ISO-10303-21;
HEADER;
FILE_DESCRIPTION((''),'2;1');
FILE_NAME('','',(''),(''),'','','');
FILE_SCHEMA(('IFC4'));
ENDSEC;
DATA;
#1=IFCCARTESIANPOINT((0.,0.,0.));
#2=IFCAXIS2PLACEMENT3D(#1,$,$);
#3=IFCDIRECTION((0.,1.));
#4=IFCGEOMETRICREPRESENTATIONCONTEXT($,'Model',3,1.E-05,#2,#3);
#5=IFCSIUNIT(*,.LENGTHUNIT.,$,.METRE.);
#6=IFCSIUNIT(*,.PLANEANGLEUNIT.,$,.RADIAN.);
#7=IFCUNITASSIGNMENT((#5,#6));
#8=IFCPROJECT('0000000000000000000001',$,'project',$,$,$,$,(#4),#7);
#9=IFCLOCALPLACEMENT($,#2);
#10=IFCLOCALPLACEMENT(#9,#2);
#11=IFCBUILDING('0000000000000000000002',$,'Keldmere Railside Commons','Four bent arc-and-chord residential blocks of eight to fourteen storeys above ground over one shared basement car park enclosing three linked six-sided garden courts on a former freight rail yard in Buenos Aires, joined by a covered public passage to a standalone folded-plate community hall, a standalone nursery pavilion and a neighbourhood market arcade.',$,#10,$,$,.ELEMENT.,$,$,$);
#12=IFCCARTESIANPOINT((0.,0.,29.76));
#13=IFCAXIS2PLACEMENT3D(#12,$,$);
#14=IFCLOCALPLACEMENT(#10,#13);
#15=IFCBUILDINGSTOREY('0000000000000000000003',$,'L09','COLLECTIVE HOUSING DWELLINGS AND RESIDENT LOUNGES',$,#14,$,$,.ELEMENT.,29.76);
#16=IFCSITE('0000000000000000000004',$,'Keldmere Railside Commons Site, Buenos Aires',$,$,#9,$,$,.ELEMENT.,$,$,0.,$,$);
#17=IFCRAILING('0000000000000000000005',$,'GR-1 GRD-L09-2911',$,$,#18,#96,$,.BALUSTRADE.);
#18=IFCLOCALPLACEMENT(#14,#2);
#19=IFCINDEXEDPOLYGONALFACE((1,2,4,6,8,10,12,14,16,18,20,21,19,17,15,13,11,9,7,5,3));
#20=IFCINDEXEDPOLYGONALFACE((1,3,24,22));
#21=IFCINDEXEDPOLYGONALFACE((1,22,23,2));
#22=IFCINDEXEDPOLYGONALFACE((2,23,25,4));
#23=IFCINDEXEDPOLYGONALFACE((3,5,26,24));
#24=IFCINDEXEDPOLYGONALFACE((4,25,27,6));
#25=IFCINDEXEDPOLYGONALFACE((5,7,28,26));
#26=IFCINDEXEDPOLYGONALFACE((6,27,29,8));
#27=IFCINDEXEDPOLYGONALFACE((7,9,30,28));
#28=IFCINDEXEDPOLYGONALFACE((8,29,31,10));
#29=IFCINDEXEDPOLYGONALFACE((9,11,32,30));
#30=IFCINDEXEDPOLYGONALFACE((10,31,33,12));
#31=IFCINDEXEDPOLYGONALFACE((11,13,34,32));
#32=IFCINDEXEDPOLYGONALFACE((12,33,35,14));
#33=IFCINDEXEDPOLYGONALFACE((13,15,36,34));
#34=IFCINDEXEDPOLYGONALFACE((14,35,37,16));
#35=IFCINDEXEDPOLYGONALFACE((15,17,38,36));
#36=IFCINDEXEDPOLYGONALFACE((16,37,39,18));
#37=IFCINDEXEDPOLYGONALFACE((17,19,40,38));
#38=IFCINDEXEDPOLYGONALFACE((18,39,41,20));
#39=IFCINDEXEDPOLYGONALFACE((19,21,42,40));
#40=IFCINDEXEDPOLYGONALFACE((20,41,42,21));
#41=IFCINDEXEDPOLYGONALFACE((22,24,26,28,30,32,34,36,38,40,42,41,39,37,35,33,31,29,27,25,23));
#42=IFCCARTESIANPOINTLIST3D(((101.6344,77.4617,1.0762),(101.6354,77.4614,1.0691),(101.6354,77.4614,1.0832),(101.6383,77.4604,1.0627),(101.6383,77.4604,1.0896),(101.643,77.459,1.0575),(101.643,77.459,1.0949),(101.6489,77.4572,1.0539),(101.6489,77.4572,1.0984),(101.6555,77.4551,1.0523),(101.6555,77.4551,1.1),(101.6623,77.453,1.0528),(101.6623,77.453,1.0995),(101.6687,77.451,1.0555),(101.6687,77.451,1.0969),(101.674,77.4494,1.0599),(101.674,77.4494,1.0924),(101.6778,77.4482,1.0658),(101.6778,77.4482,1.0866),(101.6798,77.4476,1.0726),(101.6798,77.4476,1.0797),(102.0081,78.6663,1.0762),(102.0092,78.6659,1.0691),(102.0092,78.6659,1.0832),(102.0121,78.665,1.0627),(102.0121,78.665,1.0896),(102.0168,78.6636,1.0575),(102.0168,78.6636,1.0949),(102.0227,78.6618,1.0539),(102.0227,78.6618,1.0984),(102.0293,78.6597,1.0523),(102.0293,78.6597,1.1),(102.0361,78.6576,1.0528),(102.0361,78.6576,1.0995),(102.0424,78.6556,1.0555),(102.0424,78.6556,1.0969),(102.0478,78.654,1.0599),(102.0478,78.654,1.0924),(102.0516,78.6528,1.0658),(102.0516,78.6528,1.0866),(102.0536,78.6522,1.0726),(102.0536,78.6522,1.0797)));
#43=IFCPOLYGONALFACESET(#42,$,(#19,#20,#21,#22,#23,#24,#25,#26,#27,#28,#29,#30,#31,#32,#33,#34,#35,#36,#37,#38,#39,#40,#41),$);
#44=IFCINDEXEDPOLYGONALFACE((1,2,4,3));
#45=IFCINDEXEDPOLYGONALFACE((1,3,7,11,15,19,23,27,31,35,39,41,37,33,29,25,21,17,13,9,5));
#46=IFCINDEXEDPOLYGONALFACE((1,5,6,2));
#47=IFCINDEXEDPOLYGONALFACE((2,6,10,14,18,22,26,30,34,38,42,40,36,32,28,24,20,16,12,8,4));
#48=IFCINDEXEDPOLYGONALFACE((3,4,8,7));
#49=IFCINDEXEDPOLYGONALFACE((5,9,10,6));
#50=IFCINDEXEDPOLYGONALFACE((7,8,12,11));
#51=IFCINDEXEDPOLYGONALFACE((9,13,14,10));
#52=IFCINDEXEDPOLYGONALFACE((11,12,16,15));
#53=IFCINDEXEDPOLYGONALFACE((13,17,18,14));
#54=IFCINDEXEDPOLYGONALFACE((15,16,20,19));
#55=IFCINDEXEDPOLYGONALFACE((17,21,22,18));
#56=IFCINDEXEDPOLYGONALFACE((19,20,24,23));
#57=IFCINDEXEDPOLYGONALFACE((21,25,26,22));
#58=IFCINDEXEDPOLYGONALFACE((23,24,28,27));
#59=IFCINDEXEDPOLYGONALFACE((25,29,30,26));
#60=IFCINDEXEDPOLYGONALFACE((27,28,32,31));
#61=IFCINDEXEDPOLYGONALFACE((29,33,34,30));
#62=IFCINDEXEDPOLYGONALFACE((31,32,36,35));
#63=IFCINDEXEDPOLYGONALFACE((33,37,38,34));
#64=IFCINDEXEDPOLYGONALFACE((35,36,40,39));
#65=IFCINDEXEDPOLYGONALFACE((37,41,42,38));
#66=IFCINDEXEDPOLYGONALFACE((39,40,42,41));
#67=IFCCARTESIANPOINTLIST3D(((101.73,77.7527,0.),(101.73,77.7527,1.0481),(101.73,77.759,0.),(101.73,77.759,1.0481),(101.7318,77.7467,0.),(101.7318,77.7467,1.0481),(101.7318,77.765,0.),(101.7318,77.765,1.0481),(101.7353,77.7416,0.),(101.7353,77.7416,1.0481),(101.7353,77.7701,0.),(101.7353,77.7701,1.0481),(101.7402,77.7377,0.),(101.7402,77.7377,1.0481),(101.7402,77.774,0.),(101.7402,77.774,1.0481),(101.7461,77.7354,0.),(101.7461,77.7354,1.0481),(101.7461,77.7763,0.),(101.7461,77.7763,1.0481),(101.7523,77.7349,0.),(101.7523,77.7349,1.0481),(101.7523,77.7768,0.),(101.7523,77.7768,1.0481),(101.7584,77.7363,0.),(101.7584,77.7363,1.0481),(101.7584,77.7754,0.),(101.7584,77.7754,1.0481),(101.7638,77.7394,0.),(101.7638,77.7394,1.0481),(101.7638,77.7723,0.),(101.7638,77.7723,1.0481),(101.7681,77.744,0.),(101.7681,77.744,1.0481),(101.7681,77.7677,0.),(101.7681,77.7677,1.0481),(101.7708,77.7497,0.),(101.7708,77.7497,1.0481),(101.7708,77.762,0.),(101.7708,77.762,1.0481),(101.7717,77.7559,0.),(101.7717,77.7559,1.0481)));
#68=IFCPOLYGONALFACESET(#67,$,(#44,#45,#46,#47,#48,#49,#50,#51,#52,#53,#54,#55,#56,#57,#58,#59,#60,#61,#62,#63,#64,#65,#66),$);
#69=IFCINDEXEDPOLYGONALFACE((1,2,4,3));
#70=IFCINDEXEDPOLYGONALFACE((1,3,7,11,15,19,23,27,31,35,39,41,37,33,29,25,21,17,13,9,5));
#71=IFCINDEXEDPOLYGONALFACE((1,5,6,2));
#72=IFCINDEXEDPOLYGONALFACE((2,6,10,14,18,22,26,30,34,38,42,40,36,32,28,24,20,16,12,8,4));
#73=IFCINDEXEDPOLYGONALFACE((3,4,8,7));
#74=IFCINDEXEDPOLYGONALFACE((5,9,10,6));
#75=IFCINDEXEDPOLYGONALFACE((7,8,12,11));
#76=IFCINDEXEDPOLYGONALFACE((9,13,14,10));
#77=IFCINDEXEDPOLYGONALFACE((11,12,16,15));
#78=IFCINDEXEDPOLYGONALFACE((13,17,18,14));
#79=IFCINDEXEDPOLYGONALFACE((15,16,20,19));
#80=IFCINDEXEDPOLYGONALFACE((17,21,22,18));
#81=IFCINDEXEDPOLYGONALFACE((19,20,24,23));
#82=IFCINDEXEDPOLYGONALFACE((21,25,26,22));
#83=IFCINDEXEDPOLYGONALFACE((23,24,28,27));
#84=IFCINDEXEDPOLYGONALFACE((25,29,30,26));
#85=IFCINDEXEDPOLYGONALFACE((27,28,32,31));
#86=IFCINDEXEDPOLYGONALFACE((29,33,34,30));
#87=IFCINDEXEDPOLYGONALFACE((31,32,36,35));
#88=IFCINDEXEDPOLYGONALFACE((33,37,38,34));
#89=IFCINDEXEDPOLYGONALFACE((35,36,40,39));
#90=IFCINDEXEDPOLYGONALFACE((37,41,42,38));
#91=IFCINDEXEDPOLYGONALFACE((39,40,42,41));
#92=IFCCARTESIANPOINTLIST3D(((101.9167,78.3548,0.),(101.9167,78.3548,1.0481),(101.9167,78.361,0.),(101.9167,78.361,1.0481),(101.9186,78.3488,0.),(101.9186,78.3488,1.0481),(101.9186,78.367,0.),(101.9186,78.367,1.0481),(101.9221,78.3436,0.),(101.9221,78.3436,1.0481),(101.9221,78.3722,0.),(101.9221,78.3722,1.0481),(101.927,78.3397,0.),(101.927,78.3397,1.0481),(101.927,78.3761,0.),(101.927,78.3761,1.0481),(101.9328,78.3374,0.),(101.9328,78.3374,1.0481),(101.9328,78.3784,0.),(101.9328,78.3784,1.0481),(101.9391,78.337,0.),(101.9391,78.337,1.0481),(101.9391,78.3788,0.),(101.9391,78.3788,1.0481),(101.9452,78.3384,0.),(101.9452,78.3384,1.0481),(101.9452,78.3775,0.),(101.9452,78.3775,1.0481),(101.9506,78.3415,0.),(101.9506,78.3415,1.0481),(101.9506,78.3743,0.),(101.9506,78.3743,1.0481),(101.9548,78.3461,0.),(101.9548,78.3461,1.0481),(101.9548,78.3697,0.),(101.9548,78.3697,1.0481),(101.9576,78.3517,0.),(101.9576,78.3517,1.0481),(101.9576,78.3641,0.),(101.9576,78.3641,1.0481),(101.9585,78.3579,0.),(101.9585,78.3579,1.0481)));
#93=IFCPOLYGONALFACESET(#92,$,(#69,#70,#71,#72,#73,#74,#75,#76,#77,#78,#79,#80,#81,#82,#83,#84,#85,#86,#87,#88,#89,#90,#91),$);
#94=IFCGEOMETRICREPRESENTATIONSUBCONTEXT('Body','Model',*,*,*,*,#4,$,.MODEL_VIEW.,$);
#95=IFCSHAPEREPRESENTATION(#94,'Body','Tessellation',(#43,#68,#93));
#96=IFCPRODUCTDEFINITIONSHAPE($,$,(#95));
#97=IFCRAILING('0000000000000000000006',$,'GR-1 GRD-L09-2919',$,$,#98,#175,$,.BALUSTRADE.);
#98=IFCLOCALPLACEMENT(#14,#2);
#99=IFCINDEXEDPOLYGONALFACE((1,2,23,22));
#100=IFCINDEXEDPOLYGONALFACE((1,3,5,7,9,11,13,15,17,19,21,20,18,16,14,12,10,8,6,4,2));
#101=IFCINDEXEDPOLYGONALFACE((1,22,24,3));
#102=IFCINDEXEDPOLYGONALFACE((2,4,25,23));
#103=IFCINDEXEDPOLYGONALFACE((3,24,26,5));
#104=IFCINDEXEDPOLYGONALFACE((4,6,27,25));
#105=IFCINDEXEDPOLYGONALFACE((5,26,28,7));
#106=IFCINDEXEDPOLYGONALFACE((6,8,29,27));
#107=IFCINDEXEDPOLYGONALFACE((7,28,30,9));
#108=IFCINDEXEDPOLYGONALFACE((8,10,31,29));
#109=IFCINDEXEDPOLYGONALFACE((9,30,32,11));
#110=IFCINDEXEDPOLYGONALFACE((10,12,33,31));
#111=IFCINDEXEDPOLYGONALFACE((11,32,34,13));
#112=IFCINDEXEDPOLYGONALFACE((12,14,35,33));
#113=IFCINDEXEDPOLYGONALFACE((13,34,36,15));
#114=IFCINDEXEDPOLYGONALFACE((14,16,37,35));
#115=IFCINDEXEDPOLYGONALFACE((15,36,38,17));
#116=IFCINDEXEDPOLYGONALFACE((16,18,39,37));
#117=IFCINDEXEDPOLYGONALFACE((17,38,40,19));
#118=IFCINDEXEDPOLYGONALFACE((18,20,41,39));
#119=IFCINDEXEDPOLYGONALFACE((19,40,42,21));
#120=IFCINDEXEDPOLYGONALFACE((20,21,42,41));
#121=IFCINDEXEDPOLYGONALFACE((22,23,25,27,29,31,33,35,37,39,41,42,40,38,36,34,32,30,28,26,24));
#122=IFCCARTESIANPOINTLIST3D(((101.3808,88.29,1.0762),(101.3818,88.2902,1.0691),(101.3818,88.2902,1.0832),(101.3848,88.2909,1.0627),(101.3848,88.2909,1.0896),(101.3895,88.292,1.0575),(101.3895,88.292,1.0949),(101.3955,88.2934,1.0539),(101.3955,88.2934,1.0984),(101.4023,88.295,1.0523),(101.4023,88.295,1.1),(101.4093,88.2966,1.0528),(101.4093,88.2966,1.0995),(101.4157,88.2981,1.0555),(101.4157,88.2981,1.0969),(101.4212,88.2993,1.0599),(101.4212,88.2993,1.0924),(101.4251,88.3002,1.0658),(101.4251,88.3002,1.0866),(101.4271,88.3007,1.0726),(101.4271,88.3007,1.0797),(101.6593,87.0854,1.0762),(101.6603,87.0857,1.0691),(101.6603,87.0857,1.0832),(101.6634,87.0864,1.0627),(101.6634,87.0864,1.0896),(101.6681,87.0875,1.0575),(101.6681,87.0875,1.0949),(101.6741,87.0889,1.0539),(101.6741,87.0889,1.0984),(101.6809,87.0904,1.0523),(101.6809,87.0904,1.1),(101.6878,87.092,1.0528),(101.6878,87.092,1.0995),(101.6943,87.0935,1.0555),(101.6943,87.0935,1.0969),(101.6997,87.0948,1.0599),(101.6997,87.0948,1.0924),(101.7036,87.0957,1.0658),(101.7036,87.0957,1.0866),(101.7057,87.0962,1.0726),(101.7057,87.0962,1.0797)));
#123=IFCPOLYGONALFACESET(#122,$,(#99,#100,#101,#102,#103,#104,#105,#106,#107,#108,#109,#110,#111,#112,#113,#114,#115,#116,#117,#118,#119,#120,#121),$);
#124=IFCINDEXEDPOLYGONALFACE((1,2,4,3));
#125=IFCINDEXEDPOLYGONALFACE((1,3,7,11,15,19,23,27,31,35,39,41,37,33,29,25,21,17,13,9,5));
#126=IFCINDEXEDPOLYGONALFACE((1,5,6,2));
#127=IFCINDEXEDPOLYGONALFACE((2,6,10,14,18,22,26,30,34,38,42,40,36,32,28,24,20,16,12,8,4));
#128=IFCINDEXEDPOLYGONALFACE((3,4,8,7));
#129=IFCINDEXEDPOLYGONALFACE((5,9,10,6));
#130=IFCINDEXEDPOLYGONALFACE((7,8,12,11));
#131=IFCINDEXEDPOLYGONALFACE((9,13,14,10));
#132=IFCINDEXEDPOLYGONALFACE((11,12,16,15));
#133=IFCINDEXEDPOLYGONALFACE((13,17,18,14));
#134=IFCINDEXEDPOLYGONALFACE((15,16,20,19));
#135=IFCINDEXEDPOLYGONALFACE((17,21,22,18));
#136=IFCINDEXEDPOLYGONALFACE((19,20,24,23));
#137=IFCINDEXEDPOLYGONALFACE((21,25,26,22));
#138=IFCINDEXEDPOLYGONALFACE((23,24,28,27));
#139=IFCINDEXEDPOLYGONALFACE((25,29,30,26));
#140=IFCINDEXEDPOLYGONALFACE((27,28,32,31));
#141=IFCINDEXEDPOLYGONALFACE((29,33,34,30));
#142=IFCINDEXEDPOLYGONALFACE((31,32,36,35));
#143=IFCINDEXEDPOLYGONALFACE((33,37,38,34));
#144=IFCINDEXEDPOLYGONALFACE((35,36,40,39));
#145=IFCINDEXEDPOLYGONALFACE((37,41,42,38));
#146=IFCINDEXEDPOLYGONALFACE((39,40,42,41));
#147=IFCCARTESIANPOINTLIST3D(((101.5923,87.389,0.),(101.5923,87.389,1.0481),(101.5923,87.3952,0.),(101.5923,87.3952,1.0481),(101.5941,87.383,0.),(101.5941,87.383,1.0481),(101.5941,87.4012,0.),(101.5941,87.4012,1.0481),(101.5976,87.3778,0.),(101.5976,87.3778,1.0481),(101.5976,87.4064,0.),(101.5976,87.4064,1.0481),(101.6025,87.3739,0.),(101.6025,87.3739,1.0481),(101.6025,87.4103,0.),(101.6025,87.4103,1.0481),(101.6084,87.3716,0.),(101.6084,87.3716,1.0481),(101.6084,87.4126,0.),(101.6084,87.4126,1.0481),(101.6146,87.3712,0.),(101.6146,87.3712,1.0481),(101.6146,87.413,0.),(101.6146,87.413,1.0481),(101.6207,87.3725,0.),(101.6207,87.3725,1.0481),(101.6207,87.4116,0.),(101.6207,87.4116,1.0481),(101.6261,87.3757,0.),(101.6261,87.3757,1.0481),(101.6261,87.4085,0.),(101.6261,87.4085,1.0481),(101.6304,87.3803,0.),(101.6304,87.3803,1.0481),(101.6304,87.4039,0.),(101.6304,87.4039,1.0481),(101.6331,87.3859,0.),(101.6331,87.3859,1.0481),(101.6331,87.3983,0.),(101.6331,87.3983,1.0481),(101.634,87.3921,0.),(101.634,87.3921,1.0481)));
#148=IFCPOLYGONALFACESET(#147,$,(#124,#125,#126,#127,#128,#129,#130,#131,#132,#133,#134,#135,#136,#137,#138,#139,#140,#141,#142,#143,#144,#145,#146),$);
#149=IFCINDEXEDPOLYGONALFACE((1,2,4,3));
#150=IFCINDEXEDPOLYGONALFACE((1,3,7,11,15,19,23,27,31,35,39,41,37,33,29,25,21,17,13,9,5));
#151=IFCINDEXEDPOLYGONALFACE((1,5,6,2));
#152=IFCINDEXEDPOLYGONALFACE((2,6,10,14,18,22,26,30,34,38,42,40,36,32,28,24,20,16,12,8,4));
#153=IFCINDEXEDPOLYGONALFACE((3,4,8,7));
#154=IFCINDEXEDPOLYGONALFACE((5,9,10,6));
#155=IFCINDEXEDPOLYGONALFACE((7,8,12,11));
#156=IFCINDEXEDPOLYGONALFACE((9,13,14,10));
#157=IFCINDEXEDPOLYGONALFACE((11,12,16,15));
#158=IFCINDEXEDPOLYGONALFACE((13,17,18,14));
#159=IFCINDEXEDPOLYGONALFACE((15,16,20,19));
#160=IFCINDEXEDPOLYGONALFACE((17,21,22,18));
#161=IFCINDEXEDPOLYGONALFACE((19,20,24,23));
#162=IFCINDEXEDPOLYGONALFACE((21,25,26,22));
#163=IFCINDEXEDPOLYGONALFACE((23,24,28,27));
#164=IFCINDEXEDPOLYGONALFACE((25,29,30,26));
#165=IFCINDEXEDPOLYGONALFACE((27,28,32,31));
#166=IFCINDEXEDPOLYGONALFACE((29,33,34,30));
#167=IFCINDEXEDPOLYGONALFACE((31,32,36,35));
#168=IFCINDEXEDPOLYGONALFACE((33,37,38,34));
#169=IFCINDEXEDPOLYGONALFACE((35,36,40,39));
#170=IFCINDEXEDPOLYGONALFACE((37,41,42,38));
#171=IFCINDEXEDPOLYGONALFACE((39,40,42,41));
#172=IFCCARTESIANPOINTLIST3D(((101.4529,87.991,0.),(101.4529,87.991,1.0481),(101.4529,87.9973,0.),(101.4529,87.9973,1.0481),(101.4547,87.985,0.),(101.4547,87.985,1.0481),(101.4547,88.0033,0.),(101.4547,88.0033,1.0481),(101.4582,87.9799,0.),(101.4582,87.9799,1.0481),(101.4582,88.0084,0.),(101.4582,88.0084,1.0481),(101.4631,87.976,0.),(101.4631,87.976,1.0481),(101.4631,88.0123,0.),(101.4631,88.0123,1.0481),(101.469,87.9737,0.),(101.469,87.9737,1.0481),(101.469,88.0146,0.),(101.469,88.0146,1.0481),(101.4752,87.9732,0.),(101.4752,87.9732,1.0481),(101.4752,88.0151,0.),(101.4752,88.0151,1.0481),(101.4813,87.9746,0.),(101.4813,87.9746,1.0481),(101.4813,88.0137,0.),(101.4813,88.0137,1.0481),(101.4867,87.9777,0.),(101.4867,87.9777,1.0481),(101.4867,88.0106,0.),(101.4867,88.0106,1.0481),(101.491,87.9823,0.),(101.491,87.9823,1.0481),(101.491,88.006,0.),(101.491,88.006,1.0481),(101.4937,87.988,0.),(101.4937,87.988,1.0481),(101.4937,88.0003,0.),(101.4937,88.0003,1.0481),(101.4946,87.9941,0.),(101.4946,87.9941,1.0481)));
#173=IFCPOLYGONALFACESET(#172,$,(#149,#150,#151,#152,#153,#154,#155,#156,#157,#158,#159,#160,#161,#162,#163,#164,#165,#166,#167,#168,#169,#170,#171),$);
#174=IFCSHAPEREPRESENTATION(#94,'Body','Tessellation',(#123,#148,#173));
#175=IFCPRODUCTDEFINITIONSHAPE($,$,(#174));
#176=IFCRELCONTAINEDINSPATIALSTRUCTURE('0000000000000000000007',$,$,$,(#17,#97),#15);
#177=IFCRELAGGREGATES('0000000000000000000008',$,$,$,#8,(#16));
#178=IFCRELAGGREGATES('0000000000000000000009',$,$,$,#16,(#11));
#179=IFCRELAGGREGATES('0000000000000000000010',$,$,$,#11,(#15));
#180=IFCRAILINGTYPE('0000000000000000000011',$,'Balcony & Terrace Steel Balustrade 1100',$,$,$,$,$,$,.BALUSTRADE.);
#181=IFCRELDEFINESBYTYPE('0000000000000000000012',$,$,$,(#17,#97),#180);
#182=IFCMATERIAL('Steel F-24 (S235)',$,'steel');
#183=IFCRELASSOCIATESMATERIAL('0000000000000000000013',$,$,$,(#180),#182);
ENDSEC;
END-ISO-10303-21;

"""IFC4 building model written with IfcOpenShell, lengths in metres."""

from ifc_helpers import new_model, si_unit, direction, frame, origin, origin_2d, place, context, subcontext, project, spatial, circle, extrude, material, type_object, element, save


model = new_model("IFC4")

# Units and contexts
model_context = context("Model", 3, precision=1e-05, world=origin(), true_north=direction((0.0, 1.0)))
body_context = subcontext(model_context, "Body", "Model", "MODEL_VIEW")
ifc_project = project(units=[si_unit("LENGTHUNIT", "METRE"), si_unit("PLANEANGLEUNIT", "RADIAN")], contexts=[model_context])

# Site, building, storey
site_placement = place(None, origin())
site = spatial("IfcSite", under=ifc_project, at=site_placement, Name="Keldmere Railside Commons Site, Buenos Aires", CompositionType="ELEMENT", RefElevation=0.0)
building_placement = place(site_placement, origin())
building = spatial("IfcBuilding", under=site, at=building_placement, Name="Keldmere Railside Commons", Description="Four bent arc-and-chord residential blocks of eight to fourteen storeys above ground over one shared basement car park enclosing three linked six-sided garden courts on a former freight rail yard in Buenos Aires, joined by a covered public passage to a standalone folded-plate community hall, a standalone nursery pavilion and a neighbourhood market arcade.", CompositionType="ELEMENT")
storey_placement = place(building_placement, frame((0.0, 0.0, 29.76)))
storey = spatial("IfcBuildingStorey", under=building, at=storey_placement, Name="L09", Description="COLLECTIVE HOUSING DWELLINGS AND RESIDENT LOUNGES", CompositionType="ELEMENT", Elevation=29.76)

# Railings
ifc_material_1 = material(Name="Steel F-24 (S235)", Category="steel")
railing_type = type_object("IfcRailingType", Name="Balcony & Terrace Steel Balustrade 1100", PredefinedType="BALUSTRADE", material=ifc_material_1)
railing_1_placement = place(storey_placement, frame((101.6572, 77.4546, 0.0)))
element("IfcRailing", 1, at=railing_1_placement, inside=storey, type_object=railing_type, Name="GR-1 GRD-L09-2911", PredefinedType="BALUSTRADE", context=body_context, shape_type="SweptSolid", body=[
    extrude(circle(Radius=0.0239, at=origin_2d()), frame((0.0, 0.0, 1.0762), z_axis=(0.296357, 0.955077, 0.0), x_axis=(-0.955077, 0.296357, 0.0)), (0.0, 0.0, 1.0), 1.2612),
    extrude(circle(Radius=0.021, at=origin_2d()), frame((0.0935, 0.3013, 0.0)), (0.0, 0.0, 1.0), 1.0481),
    extrude(circle(Radius=0.021, at=origin_2d()), frame((0.2803, 0.9033, 0.0)), (0.0, 0.0, 1.0), 1.0481),
])
railing_2_placement = place(storey_placement, frame((101.6826, 87.0908, 0.0)))
element("IfcRailing", 2, at=railing_2_placement, inside=storey, type_object=railing_type, Name="GR-1 GRD-L09-2919", PredefinedType="BALUSTRADE", context=body_context, shape_type="SweptSolid", body=[
    extrude(circle(Radius=0.0239, at=origin_2d()), frame((0.0, 0.0, 1.0762), z_axis=(-0.225307, 0.974288, 0.0), x_axis=(-0.974288, -0.225307, 0.0)), (0.0, 0.0, 1.0), 1.2363),
    extrude(circle(Radius=0.021, at=origin_2d()), frame((-0.0696, 0.3013, 0.0)), (0.0, 0.0, 1.0), 1.0481),
    extrude(circle(Radius=0.021, at=origin_2d()), frame((-0.209, 0.9033, 0.0)), (0.0, 0.0, 1.0), 1.0481),
])

save(model, "model.ifc")
